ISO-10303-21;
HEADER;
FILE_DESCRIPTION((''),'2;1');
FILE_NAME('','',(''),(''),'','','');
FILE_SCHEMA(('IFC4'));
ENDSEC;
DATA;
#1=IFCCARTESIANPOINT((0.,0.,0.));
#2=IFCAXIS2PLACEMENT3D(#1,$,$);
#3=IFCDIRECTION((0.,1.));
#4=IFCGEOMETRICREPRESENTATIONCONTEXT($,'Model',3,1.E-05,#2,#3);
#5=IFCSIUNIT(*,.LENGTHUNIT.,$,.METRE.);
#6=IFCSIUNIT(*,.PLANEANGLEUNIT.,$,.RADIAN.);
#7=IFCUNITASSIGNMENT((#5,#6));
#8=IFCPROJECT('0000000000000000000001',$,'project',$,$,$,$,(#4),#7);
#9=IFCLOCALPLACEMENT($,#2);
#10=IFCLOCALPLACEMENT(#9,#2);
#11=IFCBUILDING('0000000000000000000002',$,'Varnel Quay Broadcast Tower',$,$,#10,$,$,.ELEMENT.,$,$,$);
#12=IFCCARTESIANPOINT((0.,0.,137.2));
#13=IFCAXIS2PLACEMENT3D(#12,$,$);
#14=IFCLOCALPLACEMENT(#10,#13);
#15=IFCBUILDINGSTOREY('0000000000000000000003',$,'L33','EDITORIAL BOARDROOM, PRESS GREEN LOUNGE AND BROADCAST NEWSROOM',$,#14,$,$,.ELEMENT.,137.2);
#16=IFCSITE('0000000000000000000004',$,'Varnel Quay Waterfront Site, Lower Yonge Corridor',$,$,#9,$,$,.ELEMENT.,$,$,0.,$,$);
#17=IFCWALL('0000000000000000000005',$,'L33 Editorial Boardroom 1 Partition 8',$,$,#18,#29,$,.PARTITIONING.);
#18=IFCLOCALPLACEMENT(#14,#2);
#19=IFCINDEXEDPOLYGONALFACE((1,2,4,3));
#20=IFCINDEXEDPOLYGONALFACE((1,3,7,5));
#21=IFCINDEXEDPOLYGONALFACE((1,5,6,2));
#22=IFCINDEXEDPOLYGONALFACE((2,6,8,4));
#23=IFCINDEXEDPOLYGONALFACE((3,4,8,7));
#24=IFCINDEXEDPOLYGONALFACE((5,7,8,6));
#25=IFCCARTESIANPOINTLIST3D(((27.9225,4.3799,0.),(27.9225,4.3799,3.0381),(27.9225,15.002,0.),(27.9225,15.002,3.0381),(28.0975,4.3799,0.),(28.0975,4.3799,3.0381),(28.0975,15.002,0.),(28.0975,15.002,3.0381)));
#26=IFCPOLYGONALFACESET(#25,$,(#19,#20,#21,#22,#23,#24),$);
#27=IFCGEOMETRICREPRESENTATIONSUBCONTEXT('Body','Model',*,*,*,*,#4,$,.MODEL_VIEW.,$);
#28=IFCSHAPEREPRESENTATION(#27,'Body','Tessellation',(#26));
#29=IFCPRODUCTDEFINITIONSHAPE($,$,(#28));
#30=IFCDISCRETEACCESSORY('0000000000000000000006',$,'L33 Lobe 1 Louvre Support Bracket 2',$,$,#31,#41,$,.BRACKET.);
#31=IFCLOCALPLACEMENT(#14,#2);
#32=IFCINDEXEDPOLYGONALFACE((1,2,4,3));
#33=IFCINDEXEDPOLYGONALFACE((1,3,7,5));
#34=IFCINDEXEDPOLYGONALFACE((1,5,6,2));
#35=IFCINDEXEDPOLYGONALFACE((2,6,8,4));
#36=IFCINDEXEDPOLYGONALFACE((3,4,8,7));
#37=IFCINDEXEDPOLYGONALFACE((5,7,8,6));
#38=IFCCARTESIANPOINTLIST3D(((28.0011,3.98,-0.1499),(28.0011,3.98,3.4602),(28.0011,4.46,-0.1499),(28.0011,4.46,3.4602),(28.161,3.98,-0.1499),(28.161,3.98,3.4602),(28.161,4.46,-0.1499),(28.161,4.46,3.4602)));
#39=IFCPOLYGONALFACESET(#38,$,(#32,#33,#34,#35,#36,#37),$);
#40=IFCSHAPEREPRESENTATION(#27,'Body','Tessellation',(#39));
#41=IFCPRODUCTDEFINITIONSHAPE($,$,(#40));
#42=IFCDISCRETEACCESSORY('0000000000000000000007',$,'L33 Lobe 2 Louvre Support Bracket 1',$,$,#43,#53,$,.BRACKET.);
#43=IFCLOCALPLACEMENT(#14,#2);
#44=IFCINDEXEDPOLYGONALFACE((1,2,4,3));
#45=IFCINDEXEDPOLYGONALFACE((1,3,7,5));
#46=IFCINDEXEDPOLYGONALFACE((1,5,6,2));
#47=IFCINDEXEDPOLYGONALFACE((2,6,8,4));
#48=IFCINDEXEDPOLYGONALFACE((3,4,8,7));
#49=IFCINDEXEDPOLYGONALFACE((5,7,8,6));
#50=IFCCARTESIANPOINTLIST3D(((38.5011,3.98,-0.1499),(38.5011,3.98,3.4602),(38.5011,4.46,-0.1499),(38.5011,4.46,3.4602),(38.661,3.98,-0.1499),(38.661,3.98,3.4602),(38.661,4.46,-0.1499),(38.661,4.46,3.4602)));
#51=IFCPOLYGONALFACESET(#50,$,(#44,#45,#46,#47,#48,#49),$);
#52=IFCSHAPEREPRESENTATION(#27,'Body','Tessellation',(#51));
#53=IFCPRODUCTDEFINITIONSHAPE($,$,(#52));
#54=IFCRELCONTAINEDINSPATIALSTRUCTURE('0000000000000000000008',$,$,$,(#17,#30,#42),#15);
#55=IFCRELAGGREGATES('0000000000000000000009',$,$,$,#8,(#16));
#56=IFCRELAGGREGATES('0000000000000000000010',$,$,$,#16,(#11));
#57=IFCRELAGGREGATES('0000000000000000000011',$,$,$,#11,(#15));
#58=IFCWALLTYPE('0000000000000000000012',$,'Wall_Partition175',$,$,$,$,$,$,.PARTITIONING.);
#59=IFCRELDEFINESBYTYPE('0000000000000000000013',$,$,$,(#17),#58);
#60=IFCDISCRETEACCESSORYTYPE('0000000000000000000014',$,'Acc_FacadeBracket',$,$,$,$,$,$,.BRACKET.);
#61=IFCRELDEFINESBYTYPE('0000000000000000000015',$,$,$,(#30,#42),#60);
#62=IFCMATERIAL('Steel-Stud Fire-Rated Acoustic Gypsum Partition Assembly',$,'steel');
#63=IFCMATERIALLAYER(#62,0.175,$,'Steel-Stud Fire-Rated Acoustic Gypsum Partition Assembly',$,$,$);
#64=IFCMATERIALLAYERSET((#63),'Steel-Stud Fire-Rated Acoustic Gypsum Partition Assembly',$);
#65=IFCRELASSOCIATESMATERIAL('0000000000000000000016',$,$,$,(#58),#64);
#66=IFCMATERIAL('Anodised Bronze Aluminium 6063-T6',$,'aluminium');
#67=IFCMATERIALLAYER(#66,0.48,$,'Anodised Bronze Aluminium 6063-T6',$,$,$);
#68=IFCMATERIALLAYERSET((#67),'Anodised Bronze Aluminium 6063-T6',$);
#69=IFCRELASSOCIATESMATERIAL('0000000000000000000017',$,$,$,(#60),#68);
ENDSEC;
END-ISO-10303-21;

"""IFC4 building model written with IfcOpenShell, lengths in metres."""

from ifc_helpers import new_model, si_unit, direction, frame, frame_2d, origin, origin_2d, place, context, subcontext, project, spatial, rectangle, extrude, source, transform, mapped, material, layer, layer_set, type_object, type_shapes, element, save


model = new_model("IFC4")

# Units and contexts
model_context = context("Model", 3, precision=1e-05, world=origin(), true_north=direction((0.0, 1.0)))
body_context = subcontext(model_context, "Body", "Model", "MODEL_VIEW")
ifc_project = project(units=[si_unit("LENGTHUNIT", "METRE"), si_unit("PLANEANGLEUNIT", "RADIAN")], contexts=[model_context])

# Site, building, storey
site_placement = place(None, origin())
site = spatial("IfcSite", under=ifc_project, at=site_placement, Name="Varnel Quay Waterfront Site, Lower Yonge Corridor", CompositionType="ELEMENT", RefElevation=0.0)
building_placement = place(site_placement, origin())
building = spatial("IfcBuilding", under=site, at=building_placement, Name="Varnel Quay Broadcast Tower", CompositionType="ELEMENT")
storey_placement = place(building_placement, frame((0.0, 0.0, 137.2)))
storey = spatial("IfcBuildingStorey", under=building, at=storey_placement, Name="L33", Description="EDITORIAL BOARDROOM, PRESS GREEN LOUNGE AND BROADCAST NEWSROOM", CompositionType="ELEMENT", Elevation=137.2)

# Shared definitions
ifc_material_1 = material(Name="Anodised Bronze Aluminium 6063-T6", Category="aluminium")

# Shared definitions
ifc_material_2 = material(Name="Steel-Stud Fire-Rated Acoustic Gypsum Partition Assembly", Category="steel")

# Wall
ifc_layer_1 = layer(ifc_material_2, 0.175, Name="Steel-Stud Fire-Rated Acoustic Gypsum Partition Assembly")
ifc_layer_set_1 = layer_set([ifc_layer_1], Name="Steel-Stud Fire-Rated Acoustic Gypsum Partition Assembly")
wall_type_1 = type_object("IfcWallType", Name="Wall_Partition175", PredefinedType="PARTITIONING", material=ifc_layer_set_1)
wall_1_placement = place(storey_placement, frame((28.01, 4.3799, 0.0), z_axis=(0.0, 0.0, 1.0), x_axis=(0.0, 1.0, 0.0)))
element("IfcWall", 1, at=wall_1_placement, inside=storey, type_object=wall_type_1, Name="L33 Editorial Boardroom 1 Partition 8", PredefinedType="PARTITIONING", context=body_context, shape_type="SweptSolid", body=[
    extrude(rectangle(XDim=10.6221, YDim=0.175, at=frame_2d((5.311, 0.0))), origin(), (0.0, 0.0, 1.0), 3.0381),
])

# Discrete accessories
ifc_layer_2 = layer(ifc_material_1, 0.48, Name="Anodised Bronze Aluminium 6063-T6")
ifc_layer_set_2 = layer_set([ifc_layer_2], Name="Anodised Bronze Aluminium 6063-T6")
discrete_accessory_type = type_object("IfcDiscreteAccessoryType", Name="Acc_FacadeBracket", PredefinedType="BRACKET", material=ifc_layer_set_2)
shared_shape_1 = source(origin(), body_context, "Body", "SweptSolid", [
    extrude(rectangle(XDim=0.1599, YDim=0.48, at=origin_2d()), origin(), (0.0, 0.0, 1.0), 3.6101),
])
type_shapes(discrete_accessory_type, [shared_shape_1])
for number, where, z_axis, x_axis, name in (
    (2, (28.0811, 4.22, -0.1499), (0.0, 0.0, 1.0), (1.0, 0.0, 0.0), "L33 Lobe 1 Louvre Support Bracket 2"),
    (3, (38.5811, 4.22, -0.1499), (0.0, 0.0, 1.0), (1.0, 0.0, 0.0), "L33 Lobe 2 Louvre Support Bracket 1"),
):
    element("IfcDiscreteAccessory", number, at=place(storey_placement, frame(where, z_axis=z_axis, x_axis=x_axis)), inside=storey, type_object=discrete_accessory_type, Name=name, PredefinedType="BRACKET", context=body_context, shape_type="MappedRepresentation", body=[
        mapped(shared_shape_1, transform((0.0, 0.0, 0.0), x_axis=(1.0, 0.0, 0.0), y_axis=(0.0, 1.0, 0.0), z_axis=(0.0, 0.0, 1.0), scale=1.0)),
    ])

save(model, "model.ifc")
